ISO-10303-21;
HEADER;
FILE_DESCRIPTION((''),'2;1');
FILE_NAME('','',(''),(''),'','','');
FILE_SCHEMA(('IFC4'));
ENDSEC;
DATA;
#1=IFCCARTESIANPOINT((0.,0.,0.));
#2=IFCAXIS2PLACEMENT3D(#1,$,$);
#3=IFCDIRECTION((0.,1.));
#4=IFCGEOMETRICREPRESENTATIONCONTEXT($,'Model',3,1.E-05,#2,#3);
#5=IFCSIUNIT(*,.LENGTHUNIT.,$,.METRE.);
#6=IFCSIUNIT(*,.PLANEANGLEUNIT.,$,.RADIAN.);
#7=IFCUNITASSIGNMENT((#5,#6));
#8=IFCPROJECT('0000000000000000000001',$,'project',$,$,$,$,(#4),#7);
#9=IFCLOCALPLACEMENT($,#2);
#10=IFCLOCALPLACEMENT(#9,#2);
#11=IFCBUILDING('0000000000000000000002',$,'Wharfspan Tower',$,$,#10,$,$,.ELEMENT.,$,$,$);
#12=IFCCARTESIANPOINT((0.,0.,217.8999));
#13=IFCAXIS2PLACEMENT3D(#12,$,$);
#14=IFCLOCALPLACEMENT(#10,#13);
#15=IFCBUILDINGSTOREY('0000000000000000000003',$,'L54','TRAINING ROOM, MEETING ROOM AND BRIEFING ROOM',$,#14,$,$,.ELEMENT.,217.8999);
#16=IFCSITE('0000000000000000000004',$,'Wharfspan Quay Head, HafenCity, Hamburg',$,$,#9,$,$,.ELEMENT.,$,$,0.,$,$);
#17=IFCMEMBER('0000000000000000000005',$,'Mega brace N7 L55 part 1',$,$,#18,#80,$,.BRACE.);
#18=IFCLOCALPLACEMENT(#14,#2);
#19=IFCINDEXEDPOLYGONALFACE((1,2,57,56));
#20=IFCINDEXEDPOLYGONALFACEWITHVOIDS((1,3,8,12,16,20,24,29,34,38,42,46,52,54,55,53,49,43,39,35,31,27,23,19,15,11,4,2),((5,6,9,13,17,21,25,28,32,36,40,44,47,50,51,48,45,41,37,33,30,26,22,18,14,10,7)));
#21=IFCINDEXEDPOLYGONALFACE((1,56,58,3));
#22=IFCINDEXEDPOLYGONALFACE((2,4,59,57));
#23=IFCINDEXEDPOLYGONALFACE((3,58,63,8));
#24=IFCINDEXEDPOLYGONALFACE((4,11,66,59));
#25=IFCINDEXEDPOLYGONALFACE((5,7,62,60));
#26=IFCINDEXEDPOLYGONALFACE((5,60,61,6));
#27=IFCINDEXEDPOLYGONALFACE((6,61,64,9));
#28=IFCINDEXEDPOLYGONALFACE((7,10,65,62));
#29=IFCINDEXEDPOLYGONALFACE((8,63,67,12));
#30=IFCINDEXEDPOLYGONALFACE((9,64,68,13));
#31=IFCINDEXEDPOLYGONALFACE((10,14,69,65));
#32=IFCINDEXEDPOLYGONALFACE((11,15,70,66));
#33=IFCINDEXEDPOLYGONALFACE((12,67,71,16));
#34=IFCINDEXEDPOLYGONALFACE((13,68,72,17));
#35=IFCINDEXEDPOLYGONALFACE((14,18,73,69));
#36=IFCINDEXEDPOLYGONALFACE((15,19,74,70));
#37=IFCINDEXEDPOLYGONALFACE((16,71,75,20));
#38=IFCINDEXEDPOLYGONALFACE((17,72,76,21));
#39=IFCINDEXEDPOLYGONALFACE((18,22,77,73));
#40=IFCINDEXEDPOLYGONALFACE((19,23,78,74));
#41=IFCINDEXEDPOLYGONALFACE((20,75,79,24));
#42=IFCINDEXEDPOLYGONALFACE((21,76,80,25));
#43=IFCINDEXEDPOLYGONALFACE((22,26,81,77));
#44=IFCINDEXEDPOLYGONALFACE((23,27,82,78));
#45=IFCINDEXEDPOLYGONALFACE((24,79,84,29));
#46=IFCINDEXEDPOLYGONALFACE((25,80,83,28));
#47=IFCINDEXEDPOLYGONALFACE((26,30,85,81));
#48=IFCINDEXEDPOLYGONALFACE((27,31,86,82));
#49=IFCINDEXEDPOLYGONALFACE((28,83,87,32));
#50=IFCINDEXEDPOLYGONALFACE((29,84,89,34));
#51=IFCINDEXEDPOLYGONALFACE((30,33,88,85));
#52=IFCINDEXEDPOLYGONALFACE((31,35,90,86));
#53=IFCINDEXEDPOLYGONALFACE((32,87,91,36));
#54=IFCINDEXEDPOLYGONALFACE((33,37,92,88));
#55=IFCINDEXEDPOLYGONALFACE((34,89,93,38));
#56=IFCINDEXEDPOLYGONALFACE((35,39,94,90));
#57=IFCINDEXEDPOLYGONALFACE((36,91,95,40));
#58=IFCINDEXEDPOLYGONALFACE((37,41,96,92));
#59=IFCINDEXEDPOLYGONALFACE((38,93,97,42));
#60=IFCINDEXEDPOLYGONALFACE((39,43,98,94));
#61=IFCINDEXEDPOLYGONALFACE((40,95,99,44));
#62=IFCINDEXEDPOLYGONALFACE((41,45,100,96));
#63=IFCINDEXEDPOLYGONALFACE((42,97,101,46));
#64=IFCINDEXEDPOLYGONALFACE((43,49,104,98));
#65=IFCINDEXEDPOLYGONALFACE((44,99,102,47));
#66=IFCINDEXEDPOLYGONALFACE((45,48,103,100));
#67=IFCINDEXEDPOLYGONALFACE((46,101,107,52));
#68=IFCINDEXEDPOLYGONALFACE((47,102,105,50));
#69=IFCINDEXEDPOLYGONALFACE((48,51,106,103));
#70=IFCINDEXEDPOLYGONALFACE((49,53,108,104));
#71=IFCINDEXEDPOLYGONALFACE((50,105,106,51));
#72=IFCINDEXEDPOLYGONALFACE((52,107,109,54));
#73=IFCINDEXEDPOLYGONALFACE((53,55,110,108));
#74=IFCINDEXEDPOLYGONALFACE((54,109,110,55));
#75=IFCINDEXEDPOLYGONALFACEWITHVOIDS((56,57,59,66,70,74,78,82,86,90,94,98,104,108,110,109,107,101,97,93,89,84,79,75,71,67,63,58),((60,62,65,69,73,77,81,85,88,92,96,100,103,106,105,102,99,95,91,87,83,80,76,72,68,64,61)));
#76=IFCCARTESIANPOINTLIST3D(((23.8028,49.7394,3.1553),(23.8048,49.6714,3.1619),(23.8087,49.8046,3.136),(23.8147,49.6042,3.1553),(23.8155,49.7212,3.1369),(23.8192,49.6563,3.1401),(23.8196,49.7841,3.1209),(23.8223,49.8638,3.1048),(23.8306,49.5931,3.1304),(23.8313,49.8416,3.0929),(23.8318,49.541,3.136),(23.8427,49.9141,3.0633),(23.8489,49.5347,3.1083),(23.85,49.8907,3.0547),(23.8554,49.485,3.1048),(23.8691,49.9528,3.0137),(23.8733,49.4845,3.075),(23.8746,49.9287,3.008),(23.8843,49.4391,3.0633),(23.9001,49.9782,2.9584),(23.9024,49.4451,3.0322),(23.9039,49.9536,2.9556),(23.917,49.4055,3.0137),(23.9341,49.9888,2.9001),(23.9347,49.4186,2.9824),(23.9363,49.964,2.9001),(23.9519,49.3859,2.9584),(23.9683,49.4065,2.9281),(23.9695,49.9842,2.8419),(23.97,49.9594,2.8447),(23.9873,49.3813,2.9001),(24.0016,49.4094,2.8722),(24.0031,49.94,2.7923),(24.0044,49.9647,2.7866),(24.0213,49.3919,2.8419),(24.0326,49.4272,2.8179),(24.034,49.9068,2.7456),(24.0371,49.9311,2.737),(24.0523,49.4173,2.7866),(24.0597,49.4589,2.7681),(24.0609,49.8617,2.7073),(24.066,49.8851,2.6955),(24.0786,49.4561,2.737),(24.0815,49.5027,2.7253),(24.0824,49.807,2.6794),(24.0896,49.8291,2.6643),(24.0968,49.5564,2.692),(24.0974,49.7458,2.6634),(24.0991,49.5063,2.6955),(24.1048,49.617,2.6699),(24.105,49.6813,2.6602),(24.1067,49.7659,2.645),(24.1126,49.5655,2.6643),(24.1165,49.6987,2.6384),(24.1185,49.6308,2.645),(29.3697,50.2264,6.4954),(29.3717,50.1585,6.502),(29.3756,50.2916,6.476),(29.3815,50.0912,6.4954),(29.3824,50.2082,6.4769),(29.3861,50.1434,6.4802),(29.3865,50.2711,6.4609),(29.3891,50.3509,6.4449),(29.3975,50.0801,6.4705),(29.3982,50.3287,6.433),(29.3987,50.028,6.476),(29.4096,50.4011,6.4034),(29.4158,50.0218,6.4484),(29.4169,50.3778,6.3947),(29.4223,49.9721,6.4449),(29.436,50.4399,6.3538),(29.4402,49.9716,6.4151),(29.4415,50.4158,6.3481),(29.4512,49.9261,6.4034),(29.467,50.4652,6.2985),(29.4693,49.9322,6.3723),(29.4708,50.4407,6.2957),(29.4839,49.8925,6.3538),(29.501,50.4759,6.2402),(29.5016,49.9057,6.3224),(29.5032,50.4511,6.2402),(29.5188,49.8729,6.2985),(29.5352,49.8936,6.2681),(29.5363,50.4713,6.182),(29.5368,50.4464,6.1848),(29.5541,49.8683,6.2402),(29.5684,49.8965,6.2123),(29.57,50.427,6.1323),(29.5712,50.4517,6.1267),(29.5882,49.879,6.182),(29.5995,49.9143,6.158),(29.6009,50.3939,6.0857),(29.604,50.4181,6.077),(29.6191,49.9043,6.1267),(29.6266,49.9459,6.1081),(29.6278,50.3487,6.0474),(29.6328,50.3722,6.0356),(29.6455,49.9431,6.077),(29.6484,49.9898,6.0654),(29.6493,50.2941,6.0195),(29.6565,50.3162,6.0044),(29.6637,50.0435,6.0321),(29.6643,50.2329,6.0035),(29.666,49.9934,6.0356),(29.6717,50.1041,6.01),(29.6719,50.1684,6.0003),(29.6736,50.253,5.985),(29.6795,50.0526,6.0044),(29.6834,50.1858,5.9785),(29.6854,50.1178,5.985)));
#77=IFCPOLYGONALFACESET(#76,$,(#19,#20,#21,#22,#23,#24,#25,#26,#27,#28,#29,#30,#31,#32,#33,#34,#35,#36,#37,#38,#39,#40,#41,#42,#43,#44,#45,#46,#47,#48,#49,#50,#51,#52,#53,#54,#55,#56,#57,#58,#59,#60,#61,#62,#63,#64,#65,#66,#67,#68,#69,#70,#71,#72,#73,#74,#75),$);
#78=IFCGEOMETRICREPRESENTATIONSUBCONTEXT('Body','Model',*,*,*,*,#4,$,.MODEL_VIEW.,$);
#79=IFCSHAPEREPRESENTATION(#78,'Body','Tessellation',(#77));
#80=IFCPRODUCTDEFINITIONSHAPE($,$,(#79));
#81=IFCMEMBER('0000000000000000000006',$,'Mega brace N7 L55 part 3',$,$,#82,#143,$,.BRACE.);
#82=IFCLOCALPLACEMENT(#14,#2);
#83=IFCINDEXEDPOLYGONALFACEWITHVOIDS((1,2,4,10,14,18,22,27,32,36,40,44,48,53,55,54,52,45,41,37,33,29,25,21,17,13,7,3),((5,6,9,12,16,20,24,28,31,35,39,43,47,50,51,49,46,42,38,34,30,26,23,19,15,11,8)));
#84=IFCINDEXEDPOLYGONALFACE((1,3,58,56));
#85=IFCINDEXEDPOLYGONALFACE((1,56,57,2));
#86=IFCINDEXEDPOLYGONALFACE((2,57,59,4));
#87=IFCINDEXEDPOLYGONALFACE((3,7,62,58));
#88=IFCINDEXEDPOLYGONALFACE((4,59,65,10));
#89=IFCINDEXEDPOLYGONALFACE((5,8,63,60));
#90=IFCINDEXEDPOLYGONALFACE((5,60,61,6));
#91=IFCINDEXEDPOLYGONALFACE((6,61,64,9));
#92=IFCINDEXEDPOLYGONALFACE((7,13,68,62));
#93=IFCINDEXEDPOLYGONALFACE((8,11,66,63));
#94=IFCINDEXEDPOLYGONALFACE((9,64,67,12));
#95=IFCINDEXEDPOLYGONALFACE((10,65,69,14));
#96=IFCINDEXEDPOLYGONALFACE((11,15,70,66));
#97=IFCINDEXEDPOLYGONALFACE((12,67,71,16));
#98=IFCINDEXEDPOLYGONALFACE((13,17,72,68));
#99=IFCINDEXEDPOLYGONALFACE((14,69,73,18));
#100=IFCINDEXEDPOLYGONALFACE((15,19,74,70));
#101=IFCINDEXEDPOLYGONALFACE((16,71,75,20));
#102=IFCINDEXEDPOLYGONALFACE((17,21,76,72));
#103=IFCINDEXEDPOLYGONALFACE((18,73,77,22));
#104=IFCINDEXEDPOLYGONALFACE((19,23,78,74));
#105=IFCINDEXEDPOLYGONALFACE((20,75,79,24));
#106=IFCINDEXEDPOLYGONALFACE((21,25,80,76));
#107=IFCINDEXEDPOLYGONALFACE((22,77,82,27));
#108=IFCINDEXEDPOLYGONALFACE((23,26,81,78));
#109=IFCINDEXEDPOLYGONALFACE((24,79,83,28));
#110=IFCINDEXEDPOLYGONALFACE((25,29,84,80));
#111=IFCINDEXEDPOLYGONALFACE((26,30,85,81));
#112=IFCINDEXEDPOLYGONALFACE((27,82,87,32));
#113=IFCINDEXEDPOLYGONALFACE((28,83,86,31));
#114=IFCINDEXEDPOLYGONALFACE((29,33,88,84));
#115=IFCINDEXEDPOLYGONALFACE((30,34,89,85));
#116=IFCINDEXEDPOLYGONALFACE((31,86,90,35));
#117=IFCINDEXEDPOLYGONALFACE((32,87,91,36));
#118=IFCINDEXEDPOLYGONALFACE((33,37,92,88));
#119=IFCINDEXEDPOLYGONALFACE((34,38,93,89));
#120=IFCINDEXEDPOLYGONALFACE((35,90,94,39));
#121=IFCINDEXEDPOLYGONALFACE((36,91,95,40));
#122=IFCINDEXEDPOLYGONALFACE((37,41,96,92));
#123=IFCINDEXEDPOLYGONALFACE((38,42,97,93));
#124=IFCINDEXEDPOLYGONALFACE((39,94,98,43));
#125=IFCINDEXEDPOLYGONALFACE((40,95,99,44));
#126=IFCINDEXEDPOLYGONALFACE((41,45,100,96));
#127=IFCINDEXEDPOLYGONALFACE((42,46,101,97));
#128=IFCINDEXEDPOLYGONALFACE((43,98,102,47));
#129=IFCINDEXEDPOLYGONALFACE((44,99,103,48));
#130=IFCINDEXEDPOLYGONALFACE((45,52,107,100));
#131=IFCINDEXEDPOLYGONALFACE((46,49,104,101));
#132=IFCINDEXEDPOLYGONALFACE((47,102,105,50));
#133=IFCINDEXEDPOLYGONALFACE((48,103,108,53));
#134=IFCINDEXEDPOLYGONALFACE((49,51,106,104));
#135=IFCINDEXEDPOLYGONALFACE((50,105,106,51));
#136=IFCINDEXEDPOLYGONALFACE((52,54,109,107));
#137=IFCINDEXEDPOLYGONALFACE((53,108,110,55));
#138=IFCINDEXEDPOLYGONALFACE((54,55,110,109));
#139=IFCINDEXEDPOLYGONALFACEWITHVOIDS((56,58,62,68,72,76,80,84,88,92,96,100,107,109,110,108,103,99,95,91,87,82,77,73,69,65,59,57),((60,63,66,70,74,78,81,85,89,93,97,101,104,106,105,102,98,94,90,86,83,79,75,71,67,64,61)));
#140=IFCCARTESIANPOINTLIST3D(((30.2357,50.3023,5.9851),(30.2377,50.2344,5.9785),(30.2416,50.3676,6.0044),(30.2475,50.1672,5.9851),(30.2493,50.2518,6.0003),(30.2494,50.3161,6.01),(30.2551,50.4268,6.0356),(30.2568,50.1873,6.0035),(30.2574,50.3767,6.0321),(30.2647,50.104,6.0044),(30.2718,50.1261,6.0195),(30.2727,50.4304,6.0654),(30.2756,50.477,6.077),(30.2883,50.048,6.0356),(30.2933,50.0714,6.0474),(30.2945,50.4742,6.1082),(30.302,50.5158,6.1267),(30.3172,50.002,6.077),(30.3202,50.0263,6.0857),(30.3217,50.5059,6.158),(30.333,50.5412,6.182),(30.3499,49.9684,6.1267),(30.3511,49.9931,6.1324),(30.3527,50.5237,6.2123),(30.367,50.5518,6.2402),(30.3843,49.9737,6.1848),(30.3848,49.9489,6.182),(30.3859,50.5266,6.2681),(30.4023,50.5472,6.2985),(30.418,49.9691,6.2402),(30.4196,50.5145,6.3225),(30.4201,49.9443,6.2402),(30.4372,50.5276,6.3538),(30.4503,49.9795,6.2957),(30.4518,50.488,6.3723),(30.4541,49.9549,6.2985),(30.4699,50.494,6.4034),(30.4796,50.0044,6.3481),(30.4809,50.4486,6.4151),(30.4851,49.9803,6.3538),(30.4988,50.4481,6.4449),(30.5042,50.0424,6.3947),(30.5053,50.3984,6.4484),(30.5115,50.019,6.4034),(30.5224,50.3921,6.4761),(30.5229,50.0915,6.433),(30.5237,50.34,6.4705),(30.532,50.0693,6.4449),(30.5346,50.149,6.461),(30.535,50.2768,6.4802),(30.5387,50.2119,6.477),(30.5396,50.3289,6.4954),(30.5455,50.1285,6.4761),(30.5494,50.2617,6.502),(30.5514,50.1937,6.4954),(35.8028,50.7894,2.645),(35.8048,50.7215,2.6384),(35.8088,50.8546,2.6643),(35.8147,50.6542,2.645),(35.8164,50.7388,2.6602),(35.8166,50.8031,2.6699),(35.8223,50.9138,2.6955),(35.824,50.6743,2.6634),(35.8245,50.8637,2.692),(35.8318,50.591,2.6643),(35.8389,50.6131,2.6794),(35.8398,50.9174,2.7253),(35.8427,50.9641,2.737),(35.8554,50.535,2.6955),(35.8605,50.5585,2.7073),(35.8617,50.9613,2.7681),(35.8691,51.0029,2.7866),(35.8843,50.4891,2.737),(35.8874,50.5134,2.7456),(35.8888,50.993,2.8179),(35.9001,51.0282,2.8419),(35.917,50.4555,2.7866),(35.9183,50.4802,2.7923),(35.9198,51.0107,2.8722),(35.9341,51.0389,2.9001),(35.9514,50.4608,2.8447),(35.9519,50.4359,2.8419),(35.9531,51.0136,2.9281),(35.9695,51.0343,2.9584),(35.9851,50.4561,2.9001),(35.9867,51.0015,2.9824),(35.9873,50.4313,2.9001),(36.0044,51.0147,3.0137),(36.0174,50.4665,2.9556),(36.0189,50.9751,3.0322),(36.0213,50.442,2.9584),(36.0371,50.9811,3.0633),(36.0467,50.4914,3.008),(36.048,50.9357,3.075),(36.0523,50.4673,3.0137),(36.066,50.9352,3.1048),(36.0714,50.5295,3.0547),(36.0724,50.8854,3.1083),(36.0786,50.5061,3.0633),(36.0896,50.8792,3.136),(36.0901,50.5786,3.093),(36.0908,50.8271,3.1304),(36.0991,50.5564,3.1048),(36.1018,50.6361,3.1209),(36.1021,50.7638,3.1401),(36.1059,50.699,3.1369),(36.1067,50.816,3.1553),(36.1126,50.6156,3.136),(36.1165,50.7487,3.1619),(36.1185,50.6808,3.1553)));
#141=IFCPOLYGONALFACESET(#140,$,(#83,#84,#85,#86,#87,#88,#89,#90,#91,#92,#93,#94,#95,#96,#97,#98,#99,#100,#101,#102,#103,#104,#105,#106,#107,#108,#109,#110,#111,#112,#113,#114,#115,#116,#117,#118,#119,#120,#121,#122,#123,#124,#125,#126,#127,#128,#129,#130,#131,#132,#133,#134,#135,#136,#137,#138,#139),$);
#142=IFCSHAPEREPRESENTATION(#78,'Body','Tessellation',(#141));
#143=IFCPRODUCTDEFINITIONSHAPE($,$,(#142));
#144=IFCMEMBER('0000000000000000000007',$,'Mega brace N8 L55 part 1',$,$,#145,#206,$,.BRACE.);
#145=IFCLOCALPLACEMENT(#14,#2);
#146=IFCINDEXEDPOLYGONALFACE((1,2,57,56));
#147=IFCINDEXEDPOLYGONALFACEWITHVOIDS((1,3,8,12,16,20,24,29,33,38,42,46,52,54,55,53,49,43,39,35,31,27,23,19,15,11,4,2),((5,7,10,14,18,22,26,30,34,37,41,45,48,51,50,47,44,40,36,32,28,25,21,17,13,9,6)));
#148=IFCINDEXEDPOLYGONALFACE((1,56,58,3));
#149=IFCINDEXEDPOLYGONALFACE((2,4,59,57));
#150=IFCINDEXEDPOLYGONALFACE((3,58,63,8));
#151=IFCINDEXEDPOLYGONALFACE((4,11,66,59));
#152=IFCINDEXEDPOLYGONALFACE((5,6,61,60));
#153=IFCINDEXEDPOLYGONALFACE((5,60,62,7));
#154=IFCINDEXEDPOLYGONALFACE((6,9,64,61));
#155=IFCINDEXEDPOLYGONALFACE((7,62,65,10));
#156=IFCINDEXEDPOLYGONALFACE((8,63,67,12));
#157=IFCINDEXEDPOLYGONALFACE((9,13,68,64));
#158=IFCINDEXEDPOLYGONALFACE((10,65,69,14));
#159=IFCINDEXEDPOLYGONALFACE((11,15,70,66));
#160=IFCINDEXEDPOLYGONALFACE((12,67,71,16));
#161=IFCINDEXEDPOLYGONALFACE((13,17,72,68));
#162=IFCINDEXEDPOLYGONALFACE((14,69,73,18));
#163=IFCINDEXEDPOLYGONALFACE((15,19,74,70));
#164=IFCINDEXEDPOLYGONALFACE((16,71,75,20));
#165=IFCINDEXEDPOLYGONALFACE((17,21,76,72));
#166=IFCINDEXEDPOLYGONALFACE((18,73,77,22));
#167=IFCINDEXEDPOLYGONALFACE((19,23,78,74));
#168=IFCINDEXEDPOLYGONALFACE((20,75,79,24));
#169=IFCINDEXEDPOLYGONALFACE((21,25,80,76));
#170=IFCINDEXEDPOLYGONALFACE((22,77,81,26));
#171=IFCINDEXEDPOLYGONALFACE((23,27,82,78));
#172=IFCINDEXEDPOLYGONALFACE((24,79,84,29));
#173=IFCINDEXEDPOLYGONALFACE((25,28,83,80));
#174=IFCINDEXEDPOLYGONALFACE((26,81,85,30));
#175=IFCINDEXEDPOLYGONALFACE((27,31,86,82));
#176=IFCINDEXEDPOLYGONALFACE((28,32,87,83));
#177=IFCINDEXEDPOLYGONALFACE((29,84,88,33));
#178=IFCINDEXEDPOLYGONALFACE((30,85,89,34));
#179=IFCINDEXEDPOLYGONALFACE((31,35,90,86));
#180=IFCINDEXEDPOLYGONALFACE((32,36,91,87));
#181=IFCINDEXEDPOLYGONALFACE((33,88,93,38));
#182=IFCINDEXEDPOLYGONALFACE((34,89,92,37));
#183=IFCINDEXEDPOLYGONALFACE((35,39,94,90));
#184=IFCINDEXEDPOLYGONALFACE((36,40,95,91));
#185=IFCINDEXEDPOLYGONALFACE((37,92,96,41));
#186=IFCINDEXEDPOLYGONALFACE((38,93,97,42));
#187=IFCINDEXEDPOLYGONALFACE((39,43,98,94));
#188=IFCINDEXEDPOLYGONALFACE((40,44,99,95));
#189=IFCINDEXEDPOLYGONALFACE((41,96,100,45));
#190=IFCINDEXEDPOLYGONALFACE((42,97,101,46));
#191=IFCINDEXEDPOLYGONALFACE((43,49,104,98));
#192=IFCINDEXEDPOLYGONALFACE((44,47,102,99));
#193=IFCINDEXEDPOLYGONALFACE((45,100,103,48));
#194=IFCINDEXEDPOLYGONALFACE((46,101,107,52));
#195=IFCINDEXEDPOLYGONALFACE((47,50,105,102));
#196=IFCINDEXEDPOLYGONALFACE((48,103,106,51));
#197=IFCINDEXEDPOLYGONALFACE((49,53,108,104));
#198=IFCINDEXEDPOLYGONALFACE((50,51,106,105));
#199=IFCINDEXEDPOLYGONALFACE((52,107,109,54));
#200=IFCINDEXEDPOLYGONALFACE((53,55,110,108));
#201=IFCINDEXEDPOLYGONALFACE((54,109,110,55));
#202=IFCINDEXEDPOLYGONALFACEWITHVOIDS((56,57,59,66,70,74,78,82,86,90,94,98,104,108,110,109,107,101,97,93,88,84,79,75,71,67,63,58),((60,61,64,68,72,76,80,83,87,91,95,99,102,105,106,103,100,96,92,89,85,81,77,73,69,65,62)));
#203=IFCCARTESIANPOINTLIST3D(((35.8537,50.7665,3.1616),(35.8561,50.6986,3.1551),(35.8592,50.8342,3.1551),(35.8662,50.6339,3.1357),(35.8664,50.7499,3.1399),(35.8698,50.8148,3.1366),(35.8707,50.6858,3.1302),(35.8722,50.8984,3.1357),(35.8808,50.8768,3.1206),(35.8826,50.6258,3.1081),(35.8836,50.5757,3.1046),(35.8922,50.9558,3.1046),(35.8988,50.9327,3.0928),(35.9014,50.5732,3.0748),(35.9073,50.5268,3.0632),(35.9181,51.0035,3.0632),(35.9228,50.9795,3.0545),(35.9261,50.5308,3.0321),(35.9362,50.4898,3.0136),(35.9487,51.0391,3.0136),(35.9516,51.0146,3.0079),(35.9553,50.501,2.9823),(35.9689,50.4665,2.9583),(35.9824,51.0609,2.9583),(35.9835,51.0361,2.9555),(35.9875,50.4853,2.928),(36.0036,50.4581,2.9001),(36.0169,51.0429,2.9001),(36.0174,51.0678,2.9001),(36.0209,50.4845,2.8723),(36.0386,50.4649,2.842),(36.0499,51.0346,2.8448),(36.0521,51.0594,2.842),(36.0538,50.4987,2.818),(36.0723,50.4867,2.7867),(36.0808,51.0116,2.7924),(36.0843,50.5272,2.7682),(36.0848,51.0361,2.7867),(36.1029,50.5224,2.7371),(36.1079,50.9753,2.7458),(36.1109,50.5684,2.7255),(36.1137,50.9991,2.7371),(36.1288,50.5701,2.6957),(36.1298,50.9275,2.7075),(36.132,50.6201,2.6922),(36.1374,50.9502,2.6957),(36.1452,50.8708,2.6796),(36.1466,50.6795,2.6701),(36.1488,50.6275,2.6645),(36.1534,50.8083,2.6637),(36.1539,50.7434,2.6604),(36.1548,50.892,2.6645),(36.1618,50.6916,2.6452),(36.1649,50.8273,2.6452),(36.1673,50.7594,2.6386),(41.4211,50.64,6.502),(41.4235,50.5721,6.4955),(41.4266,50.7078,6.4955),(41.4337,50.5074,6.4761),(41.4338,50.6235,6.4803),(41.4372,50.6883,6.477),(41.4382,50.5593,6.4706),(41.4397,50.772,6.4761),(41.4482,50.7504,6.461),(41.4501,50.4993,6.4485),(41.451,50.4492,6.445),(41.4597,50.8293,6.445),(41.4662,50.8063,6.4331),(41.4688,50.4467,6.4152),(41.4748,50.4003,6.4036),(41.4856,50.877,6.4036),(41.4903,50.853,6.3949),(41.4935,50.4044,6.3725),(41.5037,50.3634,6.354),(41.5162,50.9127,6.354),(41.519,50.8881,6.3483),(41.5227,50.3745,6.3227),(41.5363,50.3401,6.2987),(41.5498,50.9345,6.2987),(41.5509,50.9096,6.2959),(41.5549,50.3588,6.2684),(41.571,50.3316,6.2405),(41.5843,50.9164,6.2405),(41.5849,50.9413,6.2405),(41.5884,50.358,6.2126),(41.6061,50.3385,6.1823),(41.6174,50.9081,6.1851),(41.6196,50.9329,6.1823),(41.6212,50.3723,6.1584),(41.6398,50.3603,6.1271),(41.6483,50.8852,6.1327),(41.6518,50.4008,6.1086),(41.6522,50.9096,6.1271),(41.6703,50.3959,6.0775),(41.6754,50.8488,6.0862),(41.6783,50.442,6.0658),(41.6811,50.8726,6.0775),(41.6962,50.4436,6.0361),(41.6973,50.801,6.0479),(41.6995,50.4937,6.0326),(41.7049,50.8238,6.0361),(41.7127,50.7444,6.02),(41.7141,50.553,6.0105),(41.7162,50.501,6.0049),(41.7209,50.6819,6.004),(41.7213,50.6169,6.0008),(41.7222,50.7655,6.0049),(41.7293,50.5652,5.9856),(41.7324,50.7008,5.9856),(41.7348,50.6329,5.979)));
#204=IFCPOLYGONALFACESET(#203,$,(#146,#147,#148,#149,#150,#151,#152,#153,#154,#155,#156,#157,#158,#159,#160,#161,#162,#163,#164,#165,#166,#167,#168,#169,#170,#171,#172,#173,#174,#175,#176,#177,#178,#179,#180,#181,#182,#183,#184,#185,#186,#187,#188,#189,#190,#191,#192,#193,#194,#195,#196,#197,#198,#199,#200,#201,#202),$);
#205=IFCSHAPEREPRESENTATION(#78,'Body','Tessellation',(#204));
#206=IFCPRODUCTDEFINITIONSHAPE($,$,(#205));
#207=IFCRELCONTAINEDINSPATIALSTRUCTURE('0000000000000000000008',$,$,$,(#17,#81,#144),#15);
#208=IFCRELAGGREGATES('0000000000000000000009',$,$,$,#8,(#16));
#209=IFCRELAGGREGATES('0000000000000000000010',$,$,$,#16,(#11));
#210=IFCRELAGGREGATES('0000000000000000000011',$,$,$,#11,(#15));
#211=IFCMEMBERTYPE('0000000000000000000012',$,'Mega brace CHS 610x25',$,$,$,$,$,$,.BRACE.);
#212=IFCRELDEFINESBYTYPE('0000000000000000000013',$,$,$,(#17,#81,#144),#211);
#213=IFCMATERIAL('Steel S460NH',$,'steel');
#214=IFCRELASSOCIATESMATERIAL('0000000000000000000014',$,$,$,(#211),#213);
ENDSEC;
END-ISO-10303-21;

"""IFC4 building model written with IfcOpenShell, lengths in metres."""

from ifc_helpers import new_model, si_unit, direction, frame, origin, origin_2d, place, context, subcontext, project, spatial, hollow_circle, extrude, material, material_profile, profile_set, type_object, element, save


model = new_model("IFC4")

# Units and contexts
model_context = context("Model", 3, precision=1e-05, world=origin(), true_north=direction((0.0, 1.0)))
body_context = subcontext(model_context, "Body", "Model", "MODEL_VIEW")
ifc_project = project(units=[si_unit("LENGTHUNIT", "METRE"), si_unit("PLANEANGLEUNIT", "RADIAN")], contexts=[model_context])

# Site, building, storey
site_placement = place(None, origin())
site = spatial("IfcSite", under=ifc_project, at=site_placement, Name="Wharfspan Quay Head, HafenCity, Hamburg", CompositionType="ELEMENT", RefElevation=0.0)
building_placement = place(site_placement, origin())
building = spatial("IfcBuilding", under=site, at=building_placement, Name="Wharfspan Tower", CompositionType="ELEMENT")
storey_placement = place(building_placement, frame((0.0, 0.0, 217.8999)))
storey = spatial("IfcBuildingStorey", under=building, at=storey_placement, Name="L54", Description="TRAINING ROOM, MEETING ROOM AND BRIEFING ROOM", CompositionType="ELEMENT", Elevation=217.8999)

# Members
ifc_material_1 = material(Name="Steel S460NH", Category="steel")
ifc_material_profile_1 = material_profile(ifc_material_1, hollow_circle(Radius=0.3049, WallThickness=0.0249, at=origin_2d()))
ifc_profile_set_1 = profile_set([ifc_material_profile_1], Name="Steel S460NH")
member_type = type_object("IfcMemberType", Name="Mega brace CHS 610x25", PredefinedType="BRACE", material=ifc_profile_set_1)
member_1_placement = place(storey_placement, frame((23.9607, 49.6851, 2.9001), z_axis=(0.855093, 0.074814, 0.513048), x_axis=(-0.087159, 0.996198, -0.000001)))
element("IfcMember", 1, at=member_1_placement, inside=storey, type_object=member_type, Name="Mega brace N7 L55 part 1", PredefinedType="BRACE", context=body_context, shape_type="SweptSolid", body=[
    extrude(hollow_circle(Radius=0.3049, WallThickness=0.0249, at=origin_2d()), origin(), (0.0, 0.0, 1.0), 6.5103),
])
member_2_placement = place(storey_placement, frame((35.9607, 50.7351, 2.9001), z_axis=(-0.855103, -0.074812, 0.513032), x_axis=(0.087157, -0.996193, 0.000002)))
element("IfcMember", 2, at=member_2_placement, inside=storey, type_object=member_type, Name="Mega brace N7 L55 part 3", PredefinedType="BRACE", context=body_context, shape_type="SweptSolid", body=[
    extrude(hollow_circle(Radius=0.3049, WallThickness=0.0249, at=origin_2d()), origin(), (0.0, 0.0, 1.0), 6.5105),
])
member_3_placement = place(storey_placement, frame((36.0105, 50.7629, 2.9001), z_axis=(0.857337, -0.019475, 0.514387), x_axis=(0.022711, 0.999741, -0.000002)))
element("IfcMember", 3, at=member_3_placement, inside=storey, type_object=member_type, Name="Mega brace N8 L55 part 1", PredefinedType="BRACE", context=body_context, shape_type="SweptSolid", body=[
    extrude(hollow_circle(Radius=0.3049, WallThickness=0.0249, at=origin_2d()), origin(), (0.0, 0.0, 1.0), 6.4939),
])

save(model, "model.ifc")
